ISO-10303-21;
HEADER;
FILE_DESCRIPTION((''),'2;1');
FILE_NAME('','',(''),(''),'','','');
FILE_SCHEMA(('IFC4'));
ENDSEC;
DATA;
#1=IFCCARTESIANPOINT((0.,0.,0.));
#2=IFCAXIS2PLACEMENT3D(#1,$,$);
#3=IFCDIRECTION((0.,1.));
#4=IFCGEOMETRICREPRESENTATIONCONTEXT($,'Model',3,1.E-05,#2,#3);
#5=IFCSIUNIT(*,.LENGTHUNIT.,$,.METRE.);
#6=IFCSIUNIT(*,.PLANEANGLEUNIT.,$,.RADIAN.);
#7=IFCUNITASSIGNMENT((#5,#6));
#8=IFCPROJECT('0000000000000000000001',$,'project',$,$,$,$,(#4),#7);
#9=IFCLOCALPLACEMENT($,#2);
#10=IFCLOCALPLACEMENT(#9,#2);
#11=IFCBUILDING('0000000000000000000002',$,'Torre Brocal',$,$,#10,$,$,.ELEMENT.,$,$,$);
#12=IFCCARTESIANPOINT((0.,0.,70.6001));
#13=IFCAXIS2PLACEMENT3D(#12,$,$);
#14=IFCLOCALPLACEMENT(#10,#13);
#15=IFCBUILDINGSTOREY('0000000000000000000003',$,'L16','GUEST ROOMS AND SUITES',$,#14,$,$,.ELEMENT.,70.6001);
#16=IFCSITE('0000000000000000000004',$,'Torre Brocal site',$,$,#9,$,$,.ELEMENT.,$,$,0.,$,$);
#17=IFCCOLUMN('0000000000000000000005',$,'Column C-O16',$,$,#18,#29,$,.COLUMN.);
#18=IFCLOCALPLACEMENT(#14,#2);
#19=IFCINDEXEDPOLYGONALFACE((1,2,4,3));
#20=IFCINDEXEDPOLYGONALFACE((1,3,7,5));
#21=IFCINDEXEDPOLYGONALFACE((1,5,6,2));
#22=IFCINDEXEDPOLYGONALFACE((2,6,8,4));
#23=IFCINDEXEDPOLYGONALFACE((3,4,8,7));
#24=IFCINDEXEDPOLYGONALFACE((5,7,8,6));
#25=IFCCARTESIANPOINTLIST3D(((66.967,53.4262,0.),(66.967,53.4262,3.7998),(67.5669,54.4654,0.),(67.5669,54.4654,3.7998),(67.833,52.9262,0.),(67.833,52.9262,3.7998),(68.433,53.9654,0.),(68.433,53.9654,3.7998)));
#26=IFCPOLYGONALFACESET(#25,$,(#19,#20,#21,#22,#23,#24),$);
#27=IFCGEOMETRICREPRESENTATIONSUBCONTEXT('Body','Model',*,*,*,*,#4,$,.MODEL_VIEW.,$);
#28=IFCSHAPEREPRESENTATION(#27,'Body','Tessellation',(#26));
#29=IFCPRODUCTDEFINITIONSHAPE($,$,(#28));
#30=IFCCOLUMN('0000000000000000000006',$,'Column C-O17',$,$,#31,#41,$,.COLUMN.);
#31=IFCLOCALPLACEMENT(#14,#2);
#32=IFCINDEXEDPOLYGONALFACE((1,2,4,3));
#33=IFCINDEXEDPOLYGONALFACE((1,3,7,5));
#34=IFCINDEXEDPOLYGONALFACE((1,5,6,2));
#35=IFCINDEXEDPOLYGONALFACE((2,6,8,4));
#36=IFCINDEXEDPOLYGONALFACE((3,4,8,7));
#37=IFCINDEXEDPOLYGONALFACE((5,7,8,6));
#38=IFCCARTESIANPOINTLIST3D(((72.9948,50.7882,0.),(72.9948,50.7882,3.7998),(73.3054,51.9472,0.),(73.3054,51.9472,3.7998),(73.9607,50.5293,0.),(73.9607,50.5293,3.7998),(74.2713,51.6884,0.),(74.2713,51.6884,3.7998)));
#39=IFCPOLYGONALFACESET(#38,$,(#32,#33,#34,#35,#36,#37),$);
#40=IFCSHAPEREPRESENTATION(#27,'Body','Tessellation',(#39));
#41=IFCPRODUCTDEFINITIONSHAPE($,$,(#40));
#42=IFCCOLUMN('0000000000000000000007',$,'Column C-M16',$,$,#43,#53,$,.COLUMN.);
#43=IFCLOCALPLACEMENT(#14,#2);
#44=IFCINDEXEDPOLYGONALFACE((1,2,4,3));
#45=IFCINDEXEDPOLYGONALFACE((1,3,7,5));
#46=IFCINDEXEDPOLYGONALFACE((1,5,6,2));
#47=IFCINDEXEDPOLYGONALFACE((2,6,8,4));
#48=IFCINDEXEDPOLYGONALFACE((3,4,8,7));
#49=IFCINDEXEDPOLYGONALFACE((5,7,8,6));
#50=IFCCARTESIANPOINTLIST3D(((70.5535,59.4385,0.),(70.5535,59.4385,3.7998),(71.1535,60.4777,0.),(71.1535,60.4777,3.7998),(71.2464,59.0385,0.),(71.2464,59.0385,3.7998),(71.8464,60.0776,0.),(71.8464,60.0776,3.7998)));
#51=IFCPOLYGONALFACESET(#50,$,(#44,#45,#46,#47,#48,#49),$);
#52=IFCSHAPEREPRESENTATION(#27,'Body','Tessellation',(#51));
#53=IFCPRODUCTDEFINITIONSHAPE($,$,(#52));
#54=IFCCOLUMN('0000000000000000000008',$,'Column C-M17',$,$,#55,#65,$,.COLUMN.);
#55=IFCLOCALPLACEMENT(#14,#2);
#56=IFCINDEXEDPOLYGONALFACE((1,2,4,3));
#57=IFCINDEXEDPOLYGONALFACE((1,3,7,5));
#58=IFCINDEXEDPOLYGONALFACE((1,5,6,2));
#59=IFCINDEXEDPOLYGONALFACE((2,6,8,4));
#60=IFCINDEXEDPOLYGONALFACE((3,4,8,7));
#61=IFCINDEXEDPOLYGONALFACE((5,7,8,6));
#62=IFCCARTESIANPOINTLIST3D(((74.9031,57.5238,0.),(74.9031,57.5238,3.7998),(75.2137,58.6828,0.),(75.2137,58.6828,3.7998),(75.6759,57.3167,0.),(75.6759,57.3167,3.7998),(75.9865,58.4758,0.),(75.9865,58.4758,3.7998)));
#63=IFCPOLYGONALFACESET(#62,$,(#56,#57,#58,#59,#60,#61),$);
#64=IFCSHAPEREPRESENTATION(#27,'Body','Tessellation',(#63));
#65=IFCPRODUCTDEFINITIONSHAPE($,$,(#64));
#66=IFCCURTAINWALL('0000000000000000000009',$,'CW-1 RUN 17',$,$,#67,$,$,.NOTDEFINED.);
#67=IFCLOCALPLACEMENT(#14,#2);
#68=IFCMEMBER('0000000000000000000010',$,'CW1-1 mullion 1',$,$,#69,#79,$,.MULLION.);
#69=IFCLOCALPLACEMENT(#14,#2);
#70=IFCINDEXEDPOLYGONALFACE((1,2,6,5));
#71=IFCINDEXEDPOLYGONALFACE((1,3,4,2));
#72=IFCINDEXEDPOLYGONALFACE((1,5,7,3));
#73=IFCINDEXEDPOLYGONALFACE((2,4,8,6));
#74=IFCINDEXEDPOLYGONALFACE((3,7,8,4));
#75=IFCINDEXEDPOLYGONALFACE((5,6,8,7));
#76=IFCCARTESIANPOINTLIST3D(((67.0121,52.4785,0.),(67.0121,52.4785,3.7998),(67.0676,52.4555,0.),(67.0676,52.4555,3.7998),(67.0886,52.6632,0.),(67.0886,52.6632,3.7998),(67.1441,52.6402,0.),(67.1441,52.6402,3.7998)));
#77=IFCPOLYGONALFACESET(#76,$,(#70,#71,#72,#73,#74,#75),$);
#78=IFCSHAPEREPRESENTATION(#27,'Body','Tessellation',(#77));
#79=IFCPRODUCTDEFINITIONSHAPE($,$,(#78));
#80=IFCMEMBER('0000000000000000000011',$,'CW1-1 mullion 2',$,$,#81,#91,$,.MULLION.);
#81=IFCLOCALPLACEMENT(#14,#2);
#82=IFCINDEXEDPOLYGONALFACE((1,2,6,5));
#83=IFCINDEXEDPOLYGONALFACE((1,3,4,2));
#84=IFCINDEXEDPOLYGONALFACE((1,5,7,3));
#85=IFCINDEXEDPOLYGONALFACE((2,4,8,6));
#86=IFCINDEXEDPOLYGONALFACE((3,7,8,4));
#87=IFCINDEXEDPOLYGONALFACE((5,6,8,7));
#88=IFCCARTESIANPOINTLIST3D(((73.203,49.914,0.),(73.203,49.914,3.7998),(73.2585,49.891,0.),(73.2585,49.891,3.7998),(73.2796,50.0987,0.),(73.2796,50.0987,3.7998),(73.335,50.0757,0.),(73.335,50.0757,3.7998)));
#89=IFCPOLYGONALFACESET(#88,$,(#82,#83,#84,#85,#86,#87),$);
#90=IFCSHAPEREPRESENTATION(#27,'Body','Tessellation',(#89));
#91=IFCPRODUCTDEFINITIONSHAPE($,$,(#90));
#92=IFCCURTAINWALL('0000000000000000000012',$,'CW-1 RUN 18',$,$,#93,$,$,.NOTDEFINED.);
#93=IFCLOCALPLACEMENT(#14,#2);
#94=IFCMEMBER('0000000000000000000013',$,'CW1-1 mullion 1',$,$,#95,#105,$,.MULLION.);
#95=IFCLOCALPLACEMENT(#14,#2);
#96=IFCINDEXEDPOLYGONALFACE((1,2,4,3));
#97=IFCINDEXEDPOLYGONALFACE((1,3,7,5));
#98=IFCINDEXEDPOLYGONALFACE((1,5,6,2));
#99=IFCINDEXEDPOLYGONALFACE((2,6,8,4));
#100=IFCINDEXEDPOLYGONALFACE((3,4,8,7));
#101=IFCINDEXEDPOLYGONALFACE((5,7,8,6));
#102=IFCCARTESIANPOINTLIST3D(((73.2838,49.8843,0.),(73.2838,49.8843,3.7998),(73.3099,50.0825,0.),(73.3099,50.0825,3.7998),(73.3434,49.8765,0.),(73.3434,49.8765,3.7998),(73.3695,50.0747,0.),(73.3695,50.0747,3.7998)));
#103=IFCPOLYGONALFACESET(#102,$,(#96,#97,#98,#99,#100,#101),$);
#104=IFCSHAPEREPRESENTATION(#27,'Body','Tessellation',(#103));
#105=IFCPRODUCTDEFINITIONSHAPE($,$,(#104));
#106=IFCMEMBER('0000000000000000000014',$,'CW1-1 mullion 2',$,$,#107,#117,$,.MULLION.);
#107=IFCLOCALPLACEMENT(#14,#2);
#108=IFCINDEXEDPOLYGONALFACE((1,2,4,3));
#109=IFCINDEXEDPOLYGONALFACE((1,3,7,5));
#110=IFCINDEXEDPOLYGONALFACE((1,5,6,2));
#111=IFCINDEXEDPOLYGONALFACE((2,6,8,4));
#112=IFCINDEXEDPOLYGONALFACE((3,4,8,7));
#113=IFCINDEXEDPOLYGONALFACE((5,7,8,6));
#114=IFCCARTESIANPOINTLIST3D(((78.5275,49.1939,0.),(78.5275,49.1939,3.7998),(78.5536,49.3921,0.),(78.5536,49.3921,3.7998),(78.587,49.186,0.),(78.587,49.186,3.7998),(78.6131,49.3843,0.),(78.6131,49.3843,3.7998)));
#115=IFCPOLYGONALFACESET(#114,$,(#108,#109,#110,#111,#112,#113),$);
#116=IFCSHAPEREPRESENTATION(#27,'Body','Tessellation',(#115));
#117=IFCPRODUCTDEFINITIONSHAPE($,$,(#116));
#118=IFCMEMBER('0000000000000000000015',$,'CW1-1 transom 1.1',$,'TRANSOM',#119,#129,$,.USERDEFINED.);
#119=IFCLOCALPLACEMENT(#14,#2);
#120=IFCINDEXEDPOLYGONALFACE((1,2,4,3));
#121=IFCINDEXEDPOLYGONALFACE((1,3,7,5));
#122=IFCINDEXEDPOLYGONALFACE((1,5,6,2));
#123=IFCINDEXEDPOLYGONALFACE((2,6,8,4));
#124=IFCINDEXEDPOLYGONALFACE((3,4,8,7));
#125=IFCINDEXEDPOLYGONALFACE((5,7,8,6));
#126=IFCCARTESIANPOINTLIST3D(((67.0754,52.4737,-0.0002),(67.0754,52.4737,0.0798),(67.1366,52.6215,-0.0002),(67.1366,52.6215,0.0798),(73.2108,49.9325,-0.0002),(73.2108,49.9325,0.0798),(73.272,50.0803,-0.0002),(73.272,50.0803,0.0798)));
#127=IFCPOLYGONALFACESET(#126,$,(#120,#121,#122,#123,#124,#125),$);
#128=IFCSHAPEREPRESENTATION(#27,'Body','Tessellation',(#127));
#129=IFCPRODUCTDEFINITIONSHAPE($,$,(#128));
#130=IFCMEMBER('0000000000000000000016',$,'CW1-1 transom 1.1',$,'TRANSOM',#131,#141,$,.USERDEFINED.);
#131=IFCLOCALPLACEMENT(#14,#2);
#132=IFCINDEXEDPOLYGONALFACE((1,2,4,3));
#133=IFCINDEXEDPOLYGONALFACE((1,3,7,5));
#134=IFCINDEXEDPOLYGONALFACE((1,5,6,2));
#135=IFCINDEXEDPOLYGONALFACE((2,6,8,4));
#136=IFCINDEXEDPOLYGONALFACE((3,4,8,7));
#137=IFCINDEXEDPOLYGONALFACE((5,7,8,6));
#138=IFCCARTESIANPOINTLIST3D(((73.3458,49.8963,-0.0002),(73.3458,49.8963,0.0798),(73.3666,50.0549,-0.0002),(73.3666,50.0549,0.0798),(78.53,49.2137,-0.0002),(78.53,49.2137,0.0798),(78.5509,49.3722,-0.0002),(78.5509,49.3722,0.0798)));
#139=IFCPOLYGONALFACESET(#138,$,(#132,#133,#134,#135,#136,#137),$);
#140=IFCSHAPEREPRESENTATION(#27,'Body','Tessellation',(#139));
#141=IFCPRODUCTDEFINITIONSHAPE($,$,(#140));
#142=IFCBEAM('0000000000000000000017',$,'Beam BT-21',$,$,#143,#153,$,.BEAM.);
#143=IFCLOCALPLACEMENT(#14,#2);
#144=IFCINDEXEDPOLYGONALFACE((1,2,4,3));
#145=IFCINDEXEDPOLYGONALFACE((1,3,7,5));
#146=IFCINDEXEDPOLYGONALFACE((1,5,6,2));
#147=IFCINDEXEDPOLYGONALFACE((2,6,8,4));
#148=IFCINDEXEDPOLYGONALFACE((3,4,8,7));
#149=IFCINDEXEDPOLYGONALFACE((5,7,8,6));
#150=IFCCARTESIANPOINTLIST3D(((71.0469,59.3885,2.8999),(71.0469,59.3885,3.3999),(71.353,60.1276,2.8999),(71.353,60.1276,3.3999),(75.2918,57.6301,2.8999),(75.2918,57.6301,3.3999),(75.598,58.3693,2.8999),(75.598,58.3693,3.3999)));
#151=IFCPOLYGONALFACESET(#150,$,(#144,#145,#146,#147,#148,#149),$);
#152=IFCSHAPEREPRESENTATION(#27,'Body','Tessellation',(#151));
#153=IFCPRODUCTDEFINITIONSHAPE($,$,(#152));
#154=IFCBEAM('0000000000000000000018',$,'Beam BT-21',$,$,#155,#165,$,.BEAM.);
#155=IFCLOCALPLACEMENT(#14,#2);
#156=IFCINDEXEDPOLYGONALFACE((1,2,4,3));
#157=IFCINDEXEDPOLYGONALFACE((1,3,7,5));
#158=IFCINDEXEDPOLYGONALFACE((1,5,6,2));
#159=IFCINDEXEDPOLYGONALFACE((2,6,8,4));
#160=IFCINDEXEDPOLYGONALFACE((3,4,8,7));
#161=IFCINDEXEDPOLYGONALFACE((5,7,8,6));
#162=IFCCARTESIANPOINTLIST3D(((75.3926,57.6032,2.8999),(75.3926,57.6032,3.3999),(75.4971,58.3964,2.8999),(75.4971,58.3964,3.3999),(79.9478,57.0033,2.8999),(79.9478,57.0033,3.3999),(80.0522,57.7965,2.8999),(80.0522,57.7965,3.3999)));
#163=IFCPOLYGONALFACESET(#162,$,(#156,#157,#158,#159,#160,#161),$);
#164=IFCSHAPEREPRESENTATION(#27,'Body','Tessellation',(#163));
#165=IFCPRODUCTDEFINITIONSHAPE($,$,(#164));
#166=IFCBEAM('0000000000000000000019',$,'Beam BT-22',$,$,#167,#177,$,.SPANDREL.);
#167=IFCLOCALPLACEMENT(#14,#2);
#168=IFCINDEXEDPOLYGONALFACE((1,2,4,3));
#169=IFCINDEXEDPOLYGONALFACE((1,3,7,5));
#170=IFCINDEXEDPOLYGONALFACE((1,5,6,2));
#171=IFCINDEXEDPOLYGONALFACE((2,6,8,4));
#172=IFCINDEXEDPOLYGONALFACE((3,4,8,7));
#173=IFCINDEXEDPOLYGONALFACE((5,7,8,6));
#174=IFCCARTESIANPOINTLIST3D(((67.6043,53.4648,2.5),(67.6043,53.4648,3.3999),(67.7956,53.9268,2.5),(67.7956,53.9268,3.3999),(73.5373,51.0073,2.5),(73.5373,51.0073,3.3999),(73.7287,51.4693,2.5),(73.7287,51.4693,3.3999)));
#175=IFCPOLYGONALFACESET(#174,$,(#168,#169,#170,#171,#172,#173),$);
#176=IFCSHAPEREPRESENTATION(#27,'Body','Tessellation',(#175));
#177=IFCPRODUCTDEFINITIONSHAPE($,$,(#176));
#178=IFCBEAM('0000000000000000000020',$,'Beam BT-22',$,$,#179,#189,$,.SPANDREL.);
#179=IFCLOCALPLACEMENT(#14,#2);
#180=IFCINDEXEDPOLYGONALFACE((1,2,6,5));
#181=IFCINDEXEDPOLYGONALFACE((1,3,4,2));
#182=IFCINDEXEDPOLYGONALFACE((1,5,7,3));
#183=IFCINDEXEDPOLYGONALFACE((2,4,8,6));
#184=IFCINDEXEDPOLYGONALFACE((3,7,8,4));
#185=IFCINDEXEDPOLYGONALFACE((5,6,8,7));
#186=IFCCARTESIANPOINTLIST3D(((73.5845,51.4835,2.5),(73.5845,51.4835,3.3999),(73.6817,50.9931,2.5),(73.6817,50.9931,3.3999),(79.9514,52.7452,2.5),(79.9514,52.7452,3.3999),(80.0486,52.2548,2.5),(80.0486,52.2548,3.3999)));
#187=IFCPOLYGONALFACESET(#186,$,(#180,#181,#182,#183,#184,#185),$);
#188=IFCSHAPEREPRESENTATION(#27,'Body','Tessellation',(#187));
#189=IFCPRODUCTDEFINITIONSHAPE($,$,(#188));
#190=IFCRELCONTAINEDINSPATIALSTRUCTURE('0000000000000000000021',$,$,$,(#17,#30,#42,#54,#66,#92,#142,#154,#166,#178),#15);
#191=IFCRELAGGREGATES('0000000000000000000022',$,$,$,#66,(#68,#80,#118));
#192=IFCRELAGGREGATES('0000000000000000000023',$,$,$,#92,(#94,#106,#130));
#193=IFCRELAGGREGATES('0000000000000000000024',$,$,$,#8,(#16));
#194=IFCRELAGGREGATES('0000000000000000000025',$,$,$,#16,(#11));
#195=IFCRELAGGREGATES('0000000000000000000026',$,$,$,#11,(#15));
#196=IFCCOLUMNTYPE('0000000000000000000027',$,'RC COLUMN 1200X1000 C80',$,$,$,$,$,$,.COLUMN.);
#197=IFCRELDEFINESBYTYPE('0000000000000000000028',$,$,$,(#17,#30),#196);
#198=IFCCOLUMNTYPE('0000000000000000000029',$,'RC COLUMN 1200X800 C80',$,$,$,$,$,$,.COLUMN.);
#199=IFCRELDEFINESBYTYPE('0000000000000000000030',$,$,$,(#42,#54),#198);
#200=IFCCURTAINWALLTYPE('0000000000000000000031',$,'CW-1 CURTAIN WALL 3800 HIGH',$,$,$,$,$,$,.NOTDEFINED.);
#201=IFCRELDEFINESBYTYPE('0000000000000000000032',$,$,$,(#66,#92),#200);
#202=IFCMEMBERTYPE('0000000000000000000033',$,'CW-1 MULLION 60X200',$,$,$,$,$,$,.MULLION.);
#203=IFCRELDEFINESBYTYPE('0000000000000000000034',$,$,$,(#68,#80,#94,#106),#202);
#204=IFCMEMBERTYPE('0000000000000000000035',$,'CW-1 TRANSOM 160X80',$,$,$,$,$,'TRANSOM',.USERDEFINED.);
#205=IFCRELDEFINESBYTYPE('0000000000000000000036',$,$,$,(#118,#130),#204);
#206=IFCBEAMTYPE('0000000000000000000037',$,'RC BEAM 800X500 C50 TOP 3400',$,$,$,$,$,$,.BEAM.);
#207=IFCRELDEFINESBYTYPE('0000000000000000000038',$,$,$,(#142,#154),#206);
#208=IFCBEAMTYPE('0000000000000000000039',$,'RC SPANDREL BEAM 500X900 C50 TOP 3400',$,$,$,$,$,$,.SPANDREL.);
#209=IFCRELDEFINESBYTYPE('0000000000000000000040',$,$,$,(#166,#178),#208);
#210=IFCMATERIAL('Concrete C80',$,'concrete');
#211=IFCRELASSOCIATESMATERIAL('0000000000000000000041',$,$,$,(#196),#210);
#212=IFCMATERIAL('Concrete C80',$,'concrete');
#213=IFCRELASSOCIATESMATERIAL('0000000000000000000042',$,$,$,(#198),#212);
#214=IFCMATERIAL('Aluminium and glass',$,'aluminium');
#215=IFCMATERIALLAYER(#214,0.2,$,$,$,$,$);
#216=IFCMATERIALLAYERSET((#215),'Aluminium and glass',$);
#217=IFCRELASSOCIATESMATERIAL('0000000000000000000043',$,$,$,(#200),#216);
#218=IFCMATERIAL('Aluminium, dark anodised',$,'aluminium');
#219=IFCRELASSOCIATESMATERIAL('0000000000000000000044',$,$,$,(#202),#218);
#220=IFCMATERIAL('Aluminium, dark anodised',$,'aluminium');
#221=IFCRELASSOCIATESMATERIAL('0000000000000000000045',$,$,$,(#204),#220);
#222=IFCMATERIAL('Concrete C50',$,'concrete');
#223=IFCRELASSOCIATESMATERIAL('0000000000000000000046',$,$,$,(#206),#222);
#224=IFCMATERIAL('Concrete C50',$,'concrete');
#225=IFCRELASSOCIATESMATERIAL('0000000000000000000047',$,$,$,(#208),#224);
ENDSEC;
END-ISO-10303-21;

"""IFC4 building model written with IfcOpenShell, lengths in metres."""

from ifc_helpers import new_model, si_unit, direction, frame, origin, origin_2d, place, context, subcontext, project, spatial, rectangle, extrude, material, layer, layer_set, material_profile, profile_set, type_object, element, aggregate, save


model = new_model("IFC4")

# Units and contexts
model_context = context("Model", 3, precision=1e-05, world=origin(), true_north=direction((0.0, 1.0)))
body_context = subcontext(model_context, "Body", "Model", "MODEL_VIEW")
ifc_project = project(units=[si_unit("LENGTHUNIT", "METRE"), si_unit("PLANEANGLEUNIT", "RADIAN")], contexts=[model_context])

# Site, building, storey
site_placement = place(None, origin())
site = spatial("IfcSite", under=ifc_project, at=site_placement, Name="Torre Brocal site", CompositionType="ELEMENT", RefElevation=0.0)
building_placement = place(site_placement, origin())
building = spatial("IfcBuilding", under=site, at=building_placement, Name="Torre Brocal", CompositionType="ELEMENT")
storey_placement = place(building_placement, frame((0.0, 0.0, 70.6001)))
storey = spatial("IfcBuildingStorey", under=building, at=storey_placement, Name="L16", Description="GUEST ROOMS AND SUITES", CompositionType="ELEMENT", Elevation=70.6001)

# Columns
ifc_material_1 = material(Name="Concrete C80", Category="concrete")
ifc_material_profile_1 = material_profile(ifc_material_1, rectangle(XDim=1.2, YDim=1.0, at=origin_2d()), Name="RC 1200X1000")
ifc_profile_set_1 = profile_set([ifc_material_profile_1], Name="Concrete C80")
column_type_1 = type_object("IfcColumnType", Name="RC COLUMN 1200X1000 C80", PredefinedType="COLUMN", material=ifc_profile_set_1)
for number, where, z_axis, x_axis, name in (
    (1, (67.7, 53.6958, 0.0), (0.0, 0.0, 1.0), (-0.5, -0.866025, 0.0), "Column C-O16"),
    (2, (73.6331, 51.2383, 0.0), (0.0, 0.0, 1.0), (-0.258819, -0.965926, 0.0), "Column C-O17"),
):
    element("IfcColumn", number, at=place(storey_placement, frame(where, z_axis=z_axis, x_axis=x_axis)), inside=storey, type_object=column_type_1, Name=name, PredefinedType="COLUMN", context=body_context, shape_type="SweptSolid", body=[
        extrude(rectangle(XDim=1.2, YDim=1.0, at=origin_2d()), origin(), (0.0, 0.0, 1.0), 3.7998),
    ])
ifc_material_2 = material(Name="Concrete C80", Category="concrete")
ifc_material_profile_2 = material_profile(ifc_material_2, rectangle(XDim=1.2, YDim=0.8, at=origin_2d()), Name="RC 1200X800")
ifc_profile_set_2 = profile_set([ifc_material_profile_2], Name="Concrete C80")
column_type_2 = type_object("IfcColumnType", Name="RC COLUMN 1200X800 C80", PredefinedType="COLUMN", material=ifc_profile_set_2)
for number, where, z_axis, x_axis, name in (
    (3, (71.2, 59.7581, 0.0), (0.0, 0.0, 1.0), (-0.5, -0.866025, 0.0), "Column C-M16"),
    (4, (75.4448, 57.9998, 0.0), (0.0, 0.0, 1.0), (-0.258819, -0.965926, 0.0), "Column C-M17"),
):
    element("IfcColumn", number, at=place(storey_placement, frame(where, z_axis=z_axis, x_axis=x_axis)), inside=storey, type_object=column_type_2, Name=name, PredefinedType="COLUMN", context=body_context, shape_type="SweptSolid", body=[
        extrude(rectangle(XDim=1.2, YDim=0.8, at=origin_2d()), origin(), (0.0, 0.0, 1.0), 3.7998),
    ])

# Curtain walls, members
ifc_material_3 = material(Name="Aluminium and glass", Category="aluminium")
ifc_layer_1 = layer(ifc_material_3, 0.2)
ifc_layer_set_1 = layer_set([ifc_layer_1], Name="Aluminium and glass")
curtain_wall_type = type_object("IfcCurtainWallType", Name="CW-1 CURTAIN WALL 3800 HIGH", PredefinedType="NOTDEFINED", material=ifc_layer_set_1)
curtain_wall_1_placement = place(storey_placement, origin())
curtain_wall_1 = element("IfcCurtainWall", 5, at=curtain_wall_1_placement, inside=storey, type_object=curtain_wall_type, Name="CW-1 RUN 17", PredefinedType="NOTDEFINED")
ifc_material_4 = material(Name="Aluminium, dark anodised", Category="aluminium")
ifc_material_profile_3 = material_profile(ifc_material_4, rectangle(XDim=0.2, YDim=0.0601, at=origin_2d()), Name="CW-1 MULLION 60X200")
ifc_profile_set_3 = profile_set([ifc_material_profile_3], Name="Aluminium, dark anodised")
member_type_1 = type_object("IfcMemberType", Name="CW-1 MULLION 60X200", PredefinedType="MULLION", material=ifc_profile_set_3)
member_1_placement = place(storey_placement, frame((67.0781, 52.5593, 0.0), z_axis=(0.0, 0.0, 1.0), x_axis=(0.382683, 0.92388, 0.0)))
member_1 = element("IfcMember", 6, at=member_1_placement, type_object=member_type_1, Name="CW1-1 mullion 1", PredefinedType="MULLION", context=body_context, shape_type="SweptSolid", body=[
    extrude(rectangle(XDim=0.2, YDim=0.0601, at=origin_2d()), origin(), (0.0, 0.0, 1.0), 3.7998),
])
member_2_placement = place(storey_placement, frame((73.269, 49.9949, 0.0), z_axis=(0.0, 0.0, 1.0), x_axis=(0.382683, 0.92388, 0.0)))
member_2 = element("IfcMember", 7, at=member_2_placement, type_object=member_type_1, Name="CW1-1 mullion 2", PredefinedType="MULLION", context=body_context, shape_type="SweptSolid", body=[
    extrude(rectangle(XDim=0.2, YDim=0.0601, at=origin_2d()), origin(), (0.0, 0.0, 1.0), 3.7998),
])
curtain_wall_2_placement = place(storey_placement, origin())
curtain_wall_2 = element("IfcCurtainWall", 8, at=curtain_wall_2_placement, inside=storey, type_object=curtain_wall_type, Name="CW-1 RUN 18", PredefinedType="NOTDEFINED")
member_3_placement = place(storey_placement, frame((73.3267, 49.9795, 0.0), z_axis=(0.0, 0.0, 1.0), x_axis=(0.130526, 0.991445, 0.0)))
member_3 = element("IfcMember", 9, at=member_3_placement, type_object=member_type_1, Name="CW1-1 mullion 1", PredefinedType="MULLION", context=body_context, shape_type="SweptSolid", body=[
    extrude(rectangle(XDim=0.2, YDim=0.0601, at=origin_2d()), origin(), (0.0, 0.0, 1.0), 3.7998),
])
member_4_placement = place(storey_placement, frame((78.5703, 49.2891, 0.0), z_axis=(0.0, 0.0, 1.0), x_axis=(0.130526, 0.991445, 0.0)))
member_4 = element("IfcMember", 10, at=member_4_placement, type_object=member_type_1, Name="CW1-1 mullion 2", PredefinedType="MULLION", context=body_context, shape_type="SweptSolid", body=[
    extrude(rectangle(XDim=0.2, YDim=0.0601, at=origin_2d()), origin(), (0.0, 0.0, 1.0), 3.7998),
])

# Members
ifc_material_5 = material(Name="Aluminium, dark anodised", Category="aluminium")
ifc_material_profile_4 = material_profile(ifc_material_5, rectangle(XDim=0.1599, YDim=0.0801, at=origin_2d()), Name="CW-1 TRANSOM 160X80")
ifc_profile_set_4 = profile_set([ifc_material_profile_4], Name="Aluminium, dark anodised")
member_type_2 = type_object("IfcMemberType", Name="CW-1 TRANSOM 160X80", ElementType="TRANSOM", PredefinedType="USERDEFINED", material=ifc_profile_set_4)
member_5_placement = place(storey_placement, frame((67.106, 52.5476, 0.0398), z_axis=(0.923887, -0.382665, 0.0), x_axis=(0.382665, 0.923887, 0.0)))
member_5 = element("IfcMember", 11, at=member_5_placement, type_object=member_type_2, Name="CW1-1 transom 1.1", ObjectType="TRANSOM", PredefinedType="USERDEFINED", context=body_context, shape_type="SweptSolid", body=[
    extrude(rectangle(XDim=0.1599, YDim=0.0801, at=origin_2d()), origin(), (0.0, 0.0, 1.0), 6.6409),
])
member_6_placement = place(storey_placement, frame((73.3562, 49.9756, 0.0398), z_axis=(0.991443, -0.130543, 0.0), x_axis=(0.130543, 0.991443, 0.0)))
member_6 = element("IfcMember", 12, at=member_6_placement, type_object=member_type_2, Name="CW1-1 transom 1.1", ObjectType="TRANSOM", PredefinedType="USERDEFINED", context=body_context, shape_type="SweptSolid", body=[
    extrude(rectangle(XDim=0.1599, YDim=0.0801, at=origin_2d()), origin(), (0.0, 0.0, 1.0), 5.229),
])

# Beams
ifc_material_6 = material(Name="Concrete C50", Category="concrete")
ifc_material_profile_5 = material_profile(ifc_material_6, rectangle(XDim=0.8, YDim=0.5, at=origin_2d()), Name="RC 800X500")
ifc_profile_set_5 = profile_set([ifc_material_profile_5], Name="Concrete C50")
beam_type_1 = type_object("IfcBeamType", Name="RC BEAM 800X500 C50 TOP 3400", PredefinedType="BEAM", material=ifc_profile_set_5)
beam_1_placement = place(storey_placement, frame((71.2, 59.7581, 3.1499), z_axis=(0.923878, -0.382687, 0.0), x_axis=(0.382687, 0.923878, 0.0)))
element("IfcBeam", 13, at=beam_1_placement, inside=storey, type_object=beam_type_1, Name="Beam BT-21", PredefinedType="BEAM", context=body_context, shape_type="SweptSolid", body=[
    extrude(rectangle(XDim=0.8, YDim=0.5, at=origin_2d()), origin(), (0.0, 0.0, 1.0), 4.5947),
])
beam_2_placement = place(storey_placement, frame((75.4448, 57.9998, 3.1499), z_axis=(0.991441, -0.130559, 0.0), x_axis=(0.130559, 0.991441, 0.0)))
element("IfcBeam", 14, at=beam_2_placement, inside=storey, type_object=beam_type_1, Name="Beam BT-21", PredefinedType="BEAM", context=body_context, shape_type="SweptSolid", body=[
    extrude(rectangle(XDim=0.8, YDim=0.5, at=origin_2d()), origin(), (0.0, 0.0, 1.0), 4.5945),
])
ifc_material_7 = material(Name="Concrete C50", Category="concrete")
ifc_material_profile_6 = material_profile(ifc_material_7, rectangle(XDim=0.5, YDim=0.8999, at=origin_2d()), Name="RC 500X900")
ifc_profile_set_6 = profile_set([ifc_material_profile_6], Name="Concrete C50")
beam_type_2 = type_object("IfcBeamType", Name="RC SPANDREL BEAM 500X900 C50 TOP 3400", PredefinedType="SPANDREL", material=ifc_profile_set_6)
beam_3_placement = place(storey_placement, frame((67.7, 53.6958, 2.95), z_axis=(0.923882, -0.382676, 0.0), x_axis=(0.382676, 0.923882, 0.0)))
element("IfcBeam", 15, at=beam_3_placement, inside=storey, type_object=beam_type_2, Name="Beam BT-22", PredefinedType="SPANDREL", context=body_context, shape_type="SweptSolid", body=[
    extrude(rectangle(XDim=0.5, YDim=0.8999, at=origin_2d()), origin(), (0.0, 0.0, 1.0), 6.4219),
])
beam_4_placement = place(storey_placement, frame((73.6331, 51.2383, 2.95), z_axis=(0.980925, 0.194387, 0.0), x_axis=(-0.194387, 0.980925, 0.0)))
element("IfcBeam", 16, at=beam_4_placement, inside=storey, type_object=beam_type_2, Name="Beam BT-22", PredefinedType="SPANDREL", context=body_context, shape_type="SweptSolid", body=[
    extrude(rectangle(XDim=0.5, YDim=0.8999, at=origin_2d()), origin(), (0.0, 0.0, 1.0), 6.4907),
])

aggregate(curtain_wall_1, [member_1, member_2, member_5])
aggregate(curtain_wall_2, [member_3, member_4, member_6])

save(model, "model.ifc")
